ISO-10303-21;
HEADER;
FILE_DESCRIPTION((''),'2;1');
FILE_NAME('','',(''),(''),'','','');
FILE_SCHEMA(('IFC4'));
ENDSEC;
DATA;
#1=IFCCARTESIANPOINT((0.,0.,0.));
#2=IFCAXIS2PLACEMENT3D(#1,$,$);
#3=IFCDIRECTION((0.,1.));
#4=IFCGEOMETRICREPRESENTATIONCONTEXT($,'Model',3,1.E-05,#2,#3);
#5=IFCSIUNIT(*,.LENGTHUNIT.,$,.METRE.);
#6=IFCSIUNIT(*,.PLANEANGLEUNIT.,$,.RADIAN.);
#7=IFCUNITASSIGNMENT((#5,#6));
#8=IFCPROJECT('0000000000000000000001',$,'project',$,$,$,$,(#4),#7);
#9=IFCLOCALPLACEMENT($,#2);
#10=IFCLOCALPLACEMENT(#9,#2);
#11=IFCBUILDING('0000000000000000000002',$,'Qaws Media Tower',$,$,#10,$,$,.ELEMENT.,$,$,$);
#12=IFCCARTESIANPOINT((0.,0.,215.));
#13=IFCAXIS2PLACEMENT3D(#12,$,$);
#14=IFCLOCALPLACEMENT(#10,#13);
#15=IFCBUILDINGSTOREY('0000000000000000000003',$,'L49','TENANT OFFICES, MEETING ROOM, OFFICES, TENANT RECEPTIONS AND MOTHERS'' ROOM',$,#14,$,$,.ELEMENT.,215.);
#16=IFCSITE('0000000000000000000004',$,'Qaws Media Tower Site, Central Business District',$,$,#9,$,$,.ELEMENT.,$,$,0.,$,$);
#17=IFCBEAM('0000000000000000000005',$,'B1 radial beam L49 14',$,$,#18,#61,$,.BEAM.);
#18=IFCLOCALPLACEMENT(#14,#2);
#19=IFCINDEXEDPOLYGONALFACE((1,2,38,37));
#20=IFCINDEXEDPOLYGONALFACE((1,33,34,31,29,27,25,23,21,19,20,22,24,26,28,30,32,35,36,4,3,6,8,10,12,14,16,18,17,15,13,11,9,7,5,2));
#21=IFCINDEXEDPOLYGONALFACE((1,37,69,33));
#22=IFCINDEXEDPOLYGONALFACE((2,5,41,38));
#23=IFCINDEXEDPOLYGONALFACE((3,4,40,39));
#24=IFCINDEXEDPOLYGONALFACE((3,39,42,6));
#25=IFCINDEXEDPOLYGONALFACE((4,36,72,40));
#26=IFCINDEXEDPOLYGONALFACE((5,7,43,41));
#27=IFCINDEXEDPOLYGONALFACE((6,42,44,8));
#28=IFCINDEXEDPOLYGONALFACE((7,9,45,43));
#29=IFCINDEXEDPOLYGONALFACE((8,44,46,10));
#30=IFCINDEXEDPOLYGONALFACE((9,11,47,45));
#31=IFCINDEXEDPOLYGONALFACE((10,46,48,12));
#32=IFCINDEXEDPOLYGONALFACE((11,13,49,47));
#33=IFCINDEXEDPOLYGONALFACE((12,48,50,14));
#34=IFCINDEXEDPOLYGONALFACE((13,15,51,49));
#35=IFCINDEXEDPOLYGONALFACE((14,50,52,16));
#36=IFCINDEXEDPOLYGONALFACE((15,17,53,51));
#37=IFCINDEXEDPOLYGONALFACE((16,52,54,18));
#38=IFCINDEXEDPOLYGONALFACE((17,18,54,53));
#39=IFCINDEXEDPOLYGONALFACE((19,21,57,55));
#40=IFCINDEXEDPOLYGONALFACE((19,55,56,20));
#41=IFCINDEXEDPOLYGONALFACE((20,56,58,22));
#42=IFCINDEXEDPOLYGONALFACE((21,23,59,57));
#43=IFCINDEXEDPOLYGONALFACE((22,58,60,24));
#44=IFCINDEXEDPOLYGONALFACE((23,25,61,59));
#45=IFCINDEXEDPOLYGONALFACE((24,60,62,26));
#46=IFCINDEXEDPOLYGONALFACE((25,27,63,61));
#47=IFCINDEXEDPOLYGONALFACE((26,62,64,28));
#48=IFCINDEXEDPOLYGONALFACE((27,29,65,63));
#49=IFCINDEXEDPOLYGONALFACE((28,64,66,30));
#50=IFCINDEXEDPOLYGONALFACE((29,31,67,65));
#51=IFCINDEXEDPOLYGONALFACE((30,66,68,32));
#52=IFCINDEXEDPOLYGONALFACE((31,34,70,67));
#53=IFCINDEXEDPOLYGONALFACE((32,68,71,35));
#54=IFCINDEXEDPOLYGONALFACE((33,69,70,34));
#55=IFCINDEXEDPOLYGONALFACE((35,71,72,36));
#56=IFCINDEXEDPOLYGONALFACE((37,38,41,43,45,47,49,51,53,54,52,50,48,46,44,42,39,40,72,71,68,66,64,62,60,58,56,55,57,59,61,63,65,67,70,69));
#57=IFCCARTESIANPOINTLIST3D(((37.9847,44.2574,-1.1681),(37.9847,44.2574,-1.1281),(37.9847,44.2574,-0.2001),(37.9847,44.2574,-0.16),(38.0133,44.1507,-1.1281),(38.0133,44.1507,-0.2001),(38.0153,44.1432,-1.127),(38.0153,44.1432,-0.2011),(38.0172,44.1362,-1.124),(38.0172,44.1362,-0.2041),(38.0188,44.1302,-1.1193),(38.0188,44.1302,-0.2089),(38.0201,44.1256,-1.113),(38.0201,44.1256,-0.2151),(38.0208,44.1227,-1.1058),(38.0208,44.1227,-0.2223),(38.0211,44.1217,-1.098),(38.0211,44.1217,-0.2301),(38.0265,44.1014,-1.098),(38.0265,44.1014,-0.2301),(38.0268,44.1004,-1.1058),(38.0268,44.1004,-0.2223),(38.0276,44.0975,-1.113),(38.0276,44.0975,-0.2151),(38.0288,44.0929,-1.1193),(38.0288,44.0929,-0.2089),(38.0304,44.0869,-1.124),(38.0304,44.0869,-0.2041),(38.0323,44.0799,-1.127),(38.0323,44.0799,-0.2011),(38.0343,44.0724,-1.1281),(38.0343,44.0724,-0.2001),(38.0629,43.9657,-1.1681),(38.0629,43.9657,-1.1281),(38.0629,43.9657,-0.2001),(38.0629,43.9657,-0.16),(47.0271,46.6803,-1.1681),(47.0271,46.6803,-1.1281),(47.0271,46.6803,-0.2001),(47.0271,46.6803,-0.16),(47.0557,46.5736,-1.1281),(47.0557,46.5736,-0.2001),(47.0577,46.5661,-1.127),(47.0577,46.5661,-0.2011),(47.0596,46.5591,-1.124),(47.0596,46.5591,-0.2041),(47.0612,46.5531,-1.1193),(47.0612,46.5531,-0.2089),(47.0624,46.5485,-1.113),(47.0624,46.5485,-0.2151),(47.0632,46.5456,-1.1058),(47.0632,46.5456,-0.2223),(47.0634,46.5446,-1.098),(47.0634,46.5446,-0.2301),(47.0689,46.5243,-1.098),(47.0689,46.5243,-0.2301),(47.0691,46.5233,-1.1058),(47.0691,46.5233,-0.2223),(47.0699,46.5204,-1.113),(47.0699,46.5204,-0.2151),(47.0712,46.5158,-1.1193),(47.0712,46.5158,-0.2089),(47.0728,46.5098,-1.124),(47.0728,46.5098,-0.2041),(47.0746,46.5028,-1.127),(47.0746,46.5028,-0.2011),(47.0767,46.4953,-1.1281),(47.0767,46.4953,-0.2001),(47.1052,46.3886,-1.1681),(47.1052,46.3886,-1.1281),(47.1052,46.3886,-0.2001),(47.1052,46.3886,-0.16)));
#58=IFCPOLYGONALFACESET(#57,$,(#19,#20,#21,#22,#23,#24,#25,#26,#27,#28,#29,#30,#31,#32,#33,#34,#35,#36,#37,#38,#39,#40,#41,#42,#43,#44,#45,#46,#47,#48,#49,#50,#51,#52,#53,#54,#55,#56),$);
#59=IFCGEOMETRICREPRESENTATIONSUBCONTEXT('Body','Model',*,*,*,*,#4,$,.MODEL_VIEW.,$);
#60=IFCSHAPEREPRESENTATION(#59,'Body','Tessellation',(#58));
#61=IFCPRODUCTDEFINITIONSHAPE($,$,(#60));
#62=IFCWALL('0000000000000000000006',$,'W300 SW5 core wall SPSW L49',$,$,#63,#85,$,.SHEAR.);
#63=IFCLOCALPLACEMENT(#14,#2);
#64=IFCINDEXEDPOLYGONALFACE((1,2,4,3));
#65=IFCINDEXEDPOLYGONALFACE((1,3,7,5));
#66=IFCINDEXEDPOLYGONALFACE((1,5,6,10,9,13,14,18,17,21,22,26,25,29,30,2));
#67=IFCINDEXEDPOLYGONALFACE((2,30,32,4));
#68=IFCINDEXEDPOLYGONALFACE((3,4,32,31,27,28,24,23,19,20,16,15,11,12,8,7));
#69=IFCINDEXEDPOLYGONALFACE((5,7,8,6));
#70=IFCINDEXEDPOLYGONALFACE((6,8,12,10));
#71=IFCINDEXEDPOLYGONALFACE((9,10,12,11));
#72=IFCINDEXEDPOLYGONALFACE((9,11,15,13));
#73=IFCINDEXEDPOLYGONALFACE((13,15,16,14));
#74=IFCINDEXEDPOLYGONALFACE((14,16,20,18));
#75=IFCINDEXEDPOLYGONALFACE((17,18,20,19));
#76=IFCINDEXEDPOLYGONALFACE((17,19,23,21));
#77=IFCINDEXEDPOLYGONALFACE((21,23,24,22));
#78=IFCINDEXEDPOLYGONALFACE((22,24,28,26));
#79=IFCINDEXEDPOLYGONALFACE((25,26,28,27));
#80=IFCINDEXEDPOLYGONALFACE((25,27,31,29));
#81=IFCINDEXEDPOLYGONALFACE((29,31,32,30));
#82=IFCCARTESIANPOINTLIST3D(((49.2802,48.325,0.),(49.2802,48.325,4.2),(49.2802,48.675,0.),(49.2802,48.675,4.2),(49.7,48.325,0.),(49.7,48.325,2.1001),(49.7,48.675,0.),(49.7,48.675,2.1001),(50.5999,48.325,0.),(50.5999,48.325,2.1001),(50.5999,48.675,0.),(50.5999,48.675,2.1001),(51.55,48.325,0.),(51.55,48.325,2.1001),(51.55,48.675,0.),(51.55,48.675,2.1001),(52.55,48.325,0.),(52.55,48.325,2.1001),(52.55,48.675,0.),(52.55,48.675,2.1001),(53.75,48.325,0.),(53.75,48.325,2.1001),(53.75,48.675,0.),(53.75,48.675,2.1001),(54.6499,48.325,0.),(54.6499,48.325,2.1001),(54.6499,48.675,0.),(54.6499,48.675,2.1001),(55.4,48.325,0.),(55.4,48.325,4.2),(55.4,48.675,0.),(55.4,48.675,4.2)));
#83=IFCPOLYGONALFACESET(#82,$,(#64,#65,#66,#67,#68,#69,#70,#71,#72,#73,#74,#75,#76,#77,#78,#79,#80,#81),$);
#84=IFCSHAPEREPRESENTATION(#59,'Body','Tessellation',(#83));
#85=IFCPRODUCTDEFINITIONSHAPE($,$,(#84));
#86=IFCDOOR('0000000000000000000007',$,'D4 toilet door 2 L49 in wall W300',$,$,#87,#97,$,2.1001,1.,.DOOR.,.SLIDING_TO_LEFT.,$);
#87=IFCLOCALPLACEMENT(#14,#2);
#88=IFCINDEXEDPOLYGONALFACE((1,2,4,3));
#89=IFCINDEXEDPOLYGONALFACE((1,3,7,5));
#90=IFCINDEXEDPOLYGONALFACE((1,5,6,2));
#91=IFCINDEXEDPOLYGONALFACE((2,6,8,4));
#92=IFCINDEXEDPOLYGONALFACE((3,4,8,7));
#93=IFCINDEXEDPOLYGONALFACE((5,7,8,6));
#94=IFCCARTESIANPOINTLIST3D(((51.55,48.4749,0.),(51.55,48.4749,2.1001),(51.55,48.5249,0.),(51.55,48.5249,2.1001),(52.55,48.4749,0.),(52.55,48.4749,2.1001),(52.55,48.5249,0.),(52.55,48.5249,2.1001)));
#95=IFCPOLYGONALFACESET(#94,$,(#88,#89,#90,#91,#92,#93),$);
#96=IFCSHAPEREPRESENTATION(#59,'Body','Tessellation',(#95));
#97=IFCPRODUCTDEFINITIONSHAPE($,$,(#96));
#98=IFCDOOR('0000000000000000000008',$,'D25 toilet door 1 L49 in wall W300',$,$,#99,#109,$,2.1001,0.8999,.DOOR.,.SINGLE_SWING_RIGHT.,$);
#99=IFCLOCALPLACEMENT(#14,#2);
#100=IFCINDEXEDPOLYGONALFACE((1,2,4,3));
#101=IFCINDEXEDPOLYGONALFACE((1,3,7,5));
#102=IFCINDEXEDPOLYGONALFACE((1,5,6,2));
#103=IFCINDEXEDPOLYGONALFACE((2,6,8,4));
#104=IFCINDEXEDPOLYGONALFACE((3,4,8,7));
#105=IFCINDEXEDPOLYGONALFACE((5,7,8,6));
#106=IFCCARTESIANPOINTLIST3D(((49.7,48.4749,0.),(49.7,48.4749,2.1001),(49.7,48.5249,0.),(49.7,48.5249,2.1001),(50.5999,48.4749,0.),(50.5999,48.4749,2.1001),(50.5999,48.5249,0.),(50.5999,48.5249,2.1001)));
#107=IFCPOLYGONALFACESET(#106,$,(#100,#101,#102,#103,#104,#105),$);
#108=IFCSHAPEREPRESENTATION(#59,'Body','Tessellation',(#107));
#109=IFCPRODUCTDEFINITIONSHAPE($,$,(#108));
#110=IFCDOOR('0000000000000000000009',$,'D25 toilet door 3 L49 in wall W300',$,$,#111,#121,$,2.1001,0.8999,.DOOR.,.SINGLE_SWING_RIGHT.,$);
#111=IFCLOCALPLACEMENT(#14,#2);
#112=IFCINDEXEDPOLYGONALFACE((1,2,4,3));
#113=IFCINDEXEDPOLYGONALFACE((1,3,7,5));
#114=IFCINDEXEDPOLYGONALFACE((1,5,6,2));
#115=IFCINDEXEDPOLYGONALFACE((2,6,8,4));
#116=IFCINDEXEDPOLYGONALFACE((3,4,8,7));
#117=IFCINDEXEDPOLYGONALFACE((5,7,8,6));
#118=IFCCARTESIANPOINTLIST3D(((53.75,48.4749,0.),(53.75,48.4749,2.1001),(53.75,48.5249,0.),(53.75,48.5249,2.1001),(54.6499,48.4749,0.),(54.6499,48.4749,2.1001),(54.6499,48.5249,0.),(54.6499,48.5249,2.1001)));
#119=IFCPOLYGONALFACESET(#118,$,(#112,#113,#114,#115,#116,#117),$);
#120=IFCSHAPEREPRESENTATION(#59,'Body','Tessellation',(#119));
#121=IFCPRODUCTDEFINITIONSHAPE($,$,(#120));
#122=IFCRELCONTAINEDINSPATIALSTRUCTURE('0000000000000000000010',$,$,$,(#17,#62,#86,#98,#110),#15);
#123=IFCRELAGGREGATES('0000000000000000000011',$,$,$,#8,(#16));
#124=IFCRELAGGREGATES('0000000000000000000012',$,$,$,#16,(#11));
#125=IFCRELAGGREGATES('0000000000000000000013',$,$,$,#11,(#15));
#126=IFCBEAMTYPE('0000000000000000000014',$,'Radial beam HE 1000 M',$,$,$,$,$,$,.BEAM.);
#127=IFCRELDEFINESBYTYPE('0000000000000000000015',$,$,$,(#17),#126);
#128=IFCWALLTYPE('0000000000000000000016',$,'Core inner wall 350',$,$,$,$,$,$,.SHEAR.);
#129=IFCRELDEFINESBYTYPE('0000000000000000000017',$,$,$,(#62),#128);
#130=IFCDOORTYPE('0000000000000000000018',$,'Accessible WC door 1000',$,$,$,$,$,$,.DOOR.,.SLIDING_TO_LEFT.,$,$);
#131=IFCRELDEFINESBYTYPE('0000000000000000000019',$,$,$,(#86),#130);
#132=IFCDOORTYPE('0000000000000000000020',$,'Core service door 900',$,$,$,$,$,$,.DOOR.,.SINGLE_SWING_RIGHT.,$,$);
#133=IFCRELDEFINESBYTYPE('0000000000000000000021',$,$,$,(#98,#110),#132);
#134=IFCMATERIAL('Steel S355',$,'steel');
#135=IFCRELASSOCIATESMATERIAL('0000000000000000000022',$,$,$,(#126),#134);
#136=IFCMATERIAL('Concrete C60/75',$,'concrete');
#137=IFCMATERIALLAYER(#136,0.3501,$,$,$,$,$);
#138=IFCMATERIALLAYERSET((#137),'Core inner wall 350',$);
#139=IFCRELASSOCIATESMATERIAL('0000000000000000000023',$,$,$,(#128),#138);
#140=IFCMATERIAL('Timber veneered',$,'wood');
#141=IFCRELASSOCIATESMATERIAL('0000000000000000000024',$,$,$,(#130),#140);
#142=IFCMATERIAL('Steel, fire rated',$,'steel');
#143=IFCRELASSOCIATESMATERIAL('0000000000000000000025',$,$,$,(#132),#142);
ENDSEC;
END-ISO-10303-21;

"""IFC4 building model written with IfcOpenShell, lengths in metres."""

from ifc_helpers import new_model, si_unit, direction, frame, frame_2d, origin, origin_2d, place, context, subcontext, project, spatial, rectangle, i_section, extrude, material, layer, layer_set, material_profile, profile_set, type_object, element, fill, save


model = new_model("IFC4")

# Units and contexts
model_context = context("Model", 3, precision=1e-05, world=origin(), true_north=direction((0.0, 1.0)))
body_context = subcontext(model_context, "Body", "Model", "MODEL_VIEW")
ifc_project = project(units=[si_unit("LENGTHUNIT", "METRE"), si_unit("PLANEANGLEUNIT", "RADIAN")], contexts=[model_context])

# Site, building, storey
site_placement = place(None, origin())
site = spatial("IfcSite", under=ifc_project, at=site_placement, Name="Qaws Media Tower Site, Central Business District", CompositionType="ELEMENT", RefElevation=0.0)
building_placement = place(site_placement, origin())
building = spatial("IfcBuilding", under=site, at=building_placement, Name="Qaws Media Tower", CompositionType="ELEMENT")
storey_placement = place(building_placement, frame((0.0, 0.0, 215.0)))
storey = spatial("IfcBuildingStorey", under=building, at=storey_placement, Name="L49", Description="TENANT OFFICES, MEETING ROOM, OFFICES, TENANT RECEPTIONS AND MOTHERS' ROOM", CompositionType="ELEMENT", Elevation=215.0)

# Beam
ifc_material_1 = material(Name="Steel S355", Category="steel")
ifc_material_profile_1 = material_profile(ifc_material_1, i_section(OverallWidth=0.302, OverallDepth=1.0081, WebThickness=0.021, FlangeThickness=0.04, FilletRadius=0.03, at=origin_2d()), Name="HE 1000 M")
ifc_profile_set_1 = profile_set([ifc_material_profile_1], Name="Steel S355")
beam_type_1 = type_object("IfcBeamType", Name="Radial beam HE 1000 M", PredefinedType="BEAM", material=ifc_profile_set_1)
beam_1_placement = place(storey_placement, frame((47.0662, 46.5344, -0.6641), z_axis=(-0.965926, -0.258818, 0.0), x_axis=(0.258818, -0.965926, 0.0)))
element("IfcBeam", 1, at=beam_1_placement, inside=storey, type_object=beam_type_1, Name="B1 radial beam L49 14", PredefinedType="BEAM", context=body_context, shape_type="SweptSolid", body=[
    extrude(i_section(OverallWidth=0.302, OverallDepth=1.0081, WebThickness=0.021, FlangeThickness=0.04, FilletRadius=0.03, at=origin_2d()), origin(), (0.0, 0.0, 1.0), 9.3613),
])

# Wall, openings, doors
ifc_material_2 = material(Name="Concrete C60/75", Category="concrete")
ifc_layer_1 = layer(ifc_material_2, 0.3501)
ifc_layer_set_1 = layer_set([ifc_layer_1], Name="Core inner wall 350")
wall_type_1 = type_object("IfcWallType", Name="Core inner wall 350", PredefinedType="SHEAR", material=ifc_layer_set_1)
wall_1_placement = place(storey_placement, frame((49.28, 48.5, 0.0), z_axis=(0.0, 0.0, 1.0), x_axis=(1.0, 0.0, 0.0)))
wall_1 = element("IfcWall", 2, at=wall_1_placement, inside=storey, type_object=wall_type_1, Name="W300 SW5 core wall SPSW L49", PredefinedType="SHEAR", context=body_context, shape_type="SweptSolid", body=[
    extrude(rectangle(XDim=6.1199, YDim=0.3501, at=frame_2d((3.0601, 0.0))), origin(), (0.0, 0.0, 1.0), 4.2),
])
opening_1_placement = place(wall_1_placement, frame((0.4199, 0.0, 0.0)))
opening_1 = element("IfcOpeningElement", 3, at=opening_1_placement, cuts=wall_1, PredefinedType="OPENING", context=body_context, shape_type="SweptSolid", body=[
    extrude(rectangle(XDim=0.8999, YDim=2.1001, at=frame_2d((0.45, 1.05))), frame((0.0, 0.1851, 0.0), z_axis=(0.0, -1.0, 0.0), x_axis=(1.0, 0.0, 0.0)), (0.0, 0.0, 1.0), 0.3701),
])
opening_2_placement = place(wall_1_placement, frame((2.27, 0.0, 0.0)))
opening_2 = element("IfcOpeningElement", 4, at=opening_2_placement, cuts=wall_1, PredefinedType="OPENING", context=body_context, shape_type="SweptSolid", body=[
    extrude(rectangle(XDim=1.0, YDim=2.1001, at=frame_2d((0.5, 1.05))), frame((0.0, 0.1851, 0.0), z_axis=(0.0, -1.0, 0.0), x_axis=(1.0, 0.0, 0.0)), (0.0, 0.0, 1.0), 0.3701),
])
opening_3_placement = place(wall_1_placement, frame((4.47, 0.0, 0.0)))
opening_3 = element("IfcOpeningElement", 5, at=opening_3_placement, cuts=wall_1, PredefinedType="OPENING", context=body_context, shape_type="SweptSolid", body=[
    extrude(rectangle(XDim=0.8999, YDim=2.1001, at=frame_2d((0.45, 1.05))), frame((0.0, 0.1851, 0.0), z_axis=(0.0, -1.0, 0.0), x_axis=(1.0, 0.0, 0.0)), (0.0, 0.0, 1.0), 0.3701),
])
ifc_material_3 = material(Name="Timber veneered", Category="wood")
door_type_1 = type_object("IfcDoorType", Name="Accessible WC door 1000", OperationType="SLIDING_TO_LEFT", PredefinedType="DOOR", material=ifc_material_3)
door_1_placement = place(opening_2_placement, origin())
door_1 = element("IfcDoor", 6, at=door_1_placement, inside=storey, type_object=door_type_1, Name="D4 toilet door 2 L49 in wall W300", OperationType="SLIDING_TO_LEFT", OverallHeight=2.1001, OverallWidth=1.0, PredefinedType="DOOR", context=body_context, shape_type="SweptSolid", body=[
    extrude(rectangle(XDim=1.0, YDim=2.1001, at=frame_2d((0.5, 1.05))), frame((0.0, 0.0249, 0.0), z_axis=(0.0, -1.0, 0.0), x_axis=(1.0, 0.0, 0.0)), (0.0, 0.0, 1.0), 0.05),
])
fill(opening_2, door_1)
ifc_material_4 = material(Name="Steel, fire rated", Category="steel")
door_type_2 = type_object("IfcDoorType", Name="Core service door 900", OperationType="SINGLE_SWING_RIGHT", PredefinedType="DOOR", material=ifc_material_4)
door_2_placement = place(opening_1_placement, origin())
door_2 = element("IfcDoor", 7, at=door_2_placement, inside=storey, type_object=door_type_2, Name="D25 toilet door 1 L49 in wall W300", OperationType="SINGLE_SWING_RIGHT", OverallHeight=2.1001, OverallWidth=0.8999, PredefinedType="DOOR", context=body_context, shape_type="SweptSolid", body=[
    extrude(rectangle(XDim=0.8999, YDim=2.1001, at=frame_2d((0.45, 1.05))), frame((0.0, 0.0249, 0.0), z_axis=(0.0, -1.0, 0.0), x_axis=(1.0, 0.0, 0.0)), (0.0, 0.0, 1.0), 0.05),
])
fill(opening_1, door_2)
door_3_placement = place(opening_3_placement, origin())
door_3 = element("IfcDoor", 8, at=door_3_placement, inside=storey, type_object=door_type_2, Name="D25 toilet door 3 L49 in wall W300", OperationType="SINGLE_SWING_RIGHT", OverallHeight=2.1001, OverallWidth=0.8999, PredefinedType="DOOR", context=body_context, shape_type="SweptSolid", body=[
    extrude(rectangle(XDim=0.8999, YDim=2.1001, at=frame_2d((0.45, 1.05))), frame((0.0, 0.0249, 0.0), z_axis=(0.0, -1.0, 0.0), x_axis=(1.0, 0.0, 0.0)), (0.0, 0.0, 1.0), 0.05),
])
fill(opening_3, door_3)

save(model, "model.ifc")
